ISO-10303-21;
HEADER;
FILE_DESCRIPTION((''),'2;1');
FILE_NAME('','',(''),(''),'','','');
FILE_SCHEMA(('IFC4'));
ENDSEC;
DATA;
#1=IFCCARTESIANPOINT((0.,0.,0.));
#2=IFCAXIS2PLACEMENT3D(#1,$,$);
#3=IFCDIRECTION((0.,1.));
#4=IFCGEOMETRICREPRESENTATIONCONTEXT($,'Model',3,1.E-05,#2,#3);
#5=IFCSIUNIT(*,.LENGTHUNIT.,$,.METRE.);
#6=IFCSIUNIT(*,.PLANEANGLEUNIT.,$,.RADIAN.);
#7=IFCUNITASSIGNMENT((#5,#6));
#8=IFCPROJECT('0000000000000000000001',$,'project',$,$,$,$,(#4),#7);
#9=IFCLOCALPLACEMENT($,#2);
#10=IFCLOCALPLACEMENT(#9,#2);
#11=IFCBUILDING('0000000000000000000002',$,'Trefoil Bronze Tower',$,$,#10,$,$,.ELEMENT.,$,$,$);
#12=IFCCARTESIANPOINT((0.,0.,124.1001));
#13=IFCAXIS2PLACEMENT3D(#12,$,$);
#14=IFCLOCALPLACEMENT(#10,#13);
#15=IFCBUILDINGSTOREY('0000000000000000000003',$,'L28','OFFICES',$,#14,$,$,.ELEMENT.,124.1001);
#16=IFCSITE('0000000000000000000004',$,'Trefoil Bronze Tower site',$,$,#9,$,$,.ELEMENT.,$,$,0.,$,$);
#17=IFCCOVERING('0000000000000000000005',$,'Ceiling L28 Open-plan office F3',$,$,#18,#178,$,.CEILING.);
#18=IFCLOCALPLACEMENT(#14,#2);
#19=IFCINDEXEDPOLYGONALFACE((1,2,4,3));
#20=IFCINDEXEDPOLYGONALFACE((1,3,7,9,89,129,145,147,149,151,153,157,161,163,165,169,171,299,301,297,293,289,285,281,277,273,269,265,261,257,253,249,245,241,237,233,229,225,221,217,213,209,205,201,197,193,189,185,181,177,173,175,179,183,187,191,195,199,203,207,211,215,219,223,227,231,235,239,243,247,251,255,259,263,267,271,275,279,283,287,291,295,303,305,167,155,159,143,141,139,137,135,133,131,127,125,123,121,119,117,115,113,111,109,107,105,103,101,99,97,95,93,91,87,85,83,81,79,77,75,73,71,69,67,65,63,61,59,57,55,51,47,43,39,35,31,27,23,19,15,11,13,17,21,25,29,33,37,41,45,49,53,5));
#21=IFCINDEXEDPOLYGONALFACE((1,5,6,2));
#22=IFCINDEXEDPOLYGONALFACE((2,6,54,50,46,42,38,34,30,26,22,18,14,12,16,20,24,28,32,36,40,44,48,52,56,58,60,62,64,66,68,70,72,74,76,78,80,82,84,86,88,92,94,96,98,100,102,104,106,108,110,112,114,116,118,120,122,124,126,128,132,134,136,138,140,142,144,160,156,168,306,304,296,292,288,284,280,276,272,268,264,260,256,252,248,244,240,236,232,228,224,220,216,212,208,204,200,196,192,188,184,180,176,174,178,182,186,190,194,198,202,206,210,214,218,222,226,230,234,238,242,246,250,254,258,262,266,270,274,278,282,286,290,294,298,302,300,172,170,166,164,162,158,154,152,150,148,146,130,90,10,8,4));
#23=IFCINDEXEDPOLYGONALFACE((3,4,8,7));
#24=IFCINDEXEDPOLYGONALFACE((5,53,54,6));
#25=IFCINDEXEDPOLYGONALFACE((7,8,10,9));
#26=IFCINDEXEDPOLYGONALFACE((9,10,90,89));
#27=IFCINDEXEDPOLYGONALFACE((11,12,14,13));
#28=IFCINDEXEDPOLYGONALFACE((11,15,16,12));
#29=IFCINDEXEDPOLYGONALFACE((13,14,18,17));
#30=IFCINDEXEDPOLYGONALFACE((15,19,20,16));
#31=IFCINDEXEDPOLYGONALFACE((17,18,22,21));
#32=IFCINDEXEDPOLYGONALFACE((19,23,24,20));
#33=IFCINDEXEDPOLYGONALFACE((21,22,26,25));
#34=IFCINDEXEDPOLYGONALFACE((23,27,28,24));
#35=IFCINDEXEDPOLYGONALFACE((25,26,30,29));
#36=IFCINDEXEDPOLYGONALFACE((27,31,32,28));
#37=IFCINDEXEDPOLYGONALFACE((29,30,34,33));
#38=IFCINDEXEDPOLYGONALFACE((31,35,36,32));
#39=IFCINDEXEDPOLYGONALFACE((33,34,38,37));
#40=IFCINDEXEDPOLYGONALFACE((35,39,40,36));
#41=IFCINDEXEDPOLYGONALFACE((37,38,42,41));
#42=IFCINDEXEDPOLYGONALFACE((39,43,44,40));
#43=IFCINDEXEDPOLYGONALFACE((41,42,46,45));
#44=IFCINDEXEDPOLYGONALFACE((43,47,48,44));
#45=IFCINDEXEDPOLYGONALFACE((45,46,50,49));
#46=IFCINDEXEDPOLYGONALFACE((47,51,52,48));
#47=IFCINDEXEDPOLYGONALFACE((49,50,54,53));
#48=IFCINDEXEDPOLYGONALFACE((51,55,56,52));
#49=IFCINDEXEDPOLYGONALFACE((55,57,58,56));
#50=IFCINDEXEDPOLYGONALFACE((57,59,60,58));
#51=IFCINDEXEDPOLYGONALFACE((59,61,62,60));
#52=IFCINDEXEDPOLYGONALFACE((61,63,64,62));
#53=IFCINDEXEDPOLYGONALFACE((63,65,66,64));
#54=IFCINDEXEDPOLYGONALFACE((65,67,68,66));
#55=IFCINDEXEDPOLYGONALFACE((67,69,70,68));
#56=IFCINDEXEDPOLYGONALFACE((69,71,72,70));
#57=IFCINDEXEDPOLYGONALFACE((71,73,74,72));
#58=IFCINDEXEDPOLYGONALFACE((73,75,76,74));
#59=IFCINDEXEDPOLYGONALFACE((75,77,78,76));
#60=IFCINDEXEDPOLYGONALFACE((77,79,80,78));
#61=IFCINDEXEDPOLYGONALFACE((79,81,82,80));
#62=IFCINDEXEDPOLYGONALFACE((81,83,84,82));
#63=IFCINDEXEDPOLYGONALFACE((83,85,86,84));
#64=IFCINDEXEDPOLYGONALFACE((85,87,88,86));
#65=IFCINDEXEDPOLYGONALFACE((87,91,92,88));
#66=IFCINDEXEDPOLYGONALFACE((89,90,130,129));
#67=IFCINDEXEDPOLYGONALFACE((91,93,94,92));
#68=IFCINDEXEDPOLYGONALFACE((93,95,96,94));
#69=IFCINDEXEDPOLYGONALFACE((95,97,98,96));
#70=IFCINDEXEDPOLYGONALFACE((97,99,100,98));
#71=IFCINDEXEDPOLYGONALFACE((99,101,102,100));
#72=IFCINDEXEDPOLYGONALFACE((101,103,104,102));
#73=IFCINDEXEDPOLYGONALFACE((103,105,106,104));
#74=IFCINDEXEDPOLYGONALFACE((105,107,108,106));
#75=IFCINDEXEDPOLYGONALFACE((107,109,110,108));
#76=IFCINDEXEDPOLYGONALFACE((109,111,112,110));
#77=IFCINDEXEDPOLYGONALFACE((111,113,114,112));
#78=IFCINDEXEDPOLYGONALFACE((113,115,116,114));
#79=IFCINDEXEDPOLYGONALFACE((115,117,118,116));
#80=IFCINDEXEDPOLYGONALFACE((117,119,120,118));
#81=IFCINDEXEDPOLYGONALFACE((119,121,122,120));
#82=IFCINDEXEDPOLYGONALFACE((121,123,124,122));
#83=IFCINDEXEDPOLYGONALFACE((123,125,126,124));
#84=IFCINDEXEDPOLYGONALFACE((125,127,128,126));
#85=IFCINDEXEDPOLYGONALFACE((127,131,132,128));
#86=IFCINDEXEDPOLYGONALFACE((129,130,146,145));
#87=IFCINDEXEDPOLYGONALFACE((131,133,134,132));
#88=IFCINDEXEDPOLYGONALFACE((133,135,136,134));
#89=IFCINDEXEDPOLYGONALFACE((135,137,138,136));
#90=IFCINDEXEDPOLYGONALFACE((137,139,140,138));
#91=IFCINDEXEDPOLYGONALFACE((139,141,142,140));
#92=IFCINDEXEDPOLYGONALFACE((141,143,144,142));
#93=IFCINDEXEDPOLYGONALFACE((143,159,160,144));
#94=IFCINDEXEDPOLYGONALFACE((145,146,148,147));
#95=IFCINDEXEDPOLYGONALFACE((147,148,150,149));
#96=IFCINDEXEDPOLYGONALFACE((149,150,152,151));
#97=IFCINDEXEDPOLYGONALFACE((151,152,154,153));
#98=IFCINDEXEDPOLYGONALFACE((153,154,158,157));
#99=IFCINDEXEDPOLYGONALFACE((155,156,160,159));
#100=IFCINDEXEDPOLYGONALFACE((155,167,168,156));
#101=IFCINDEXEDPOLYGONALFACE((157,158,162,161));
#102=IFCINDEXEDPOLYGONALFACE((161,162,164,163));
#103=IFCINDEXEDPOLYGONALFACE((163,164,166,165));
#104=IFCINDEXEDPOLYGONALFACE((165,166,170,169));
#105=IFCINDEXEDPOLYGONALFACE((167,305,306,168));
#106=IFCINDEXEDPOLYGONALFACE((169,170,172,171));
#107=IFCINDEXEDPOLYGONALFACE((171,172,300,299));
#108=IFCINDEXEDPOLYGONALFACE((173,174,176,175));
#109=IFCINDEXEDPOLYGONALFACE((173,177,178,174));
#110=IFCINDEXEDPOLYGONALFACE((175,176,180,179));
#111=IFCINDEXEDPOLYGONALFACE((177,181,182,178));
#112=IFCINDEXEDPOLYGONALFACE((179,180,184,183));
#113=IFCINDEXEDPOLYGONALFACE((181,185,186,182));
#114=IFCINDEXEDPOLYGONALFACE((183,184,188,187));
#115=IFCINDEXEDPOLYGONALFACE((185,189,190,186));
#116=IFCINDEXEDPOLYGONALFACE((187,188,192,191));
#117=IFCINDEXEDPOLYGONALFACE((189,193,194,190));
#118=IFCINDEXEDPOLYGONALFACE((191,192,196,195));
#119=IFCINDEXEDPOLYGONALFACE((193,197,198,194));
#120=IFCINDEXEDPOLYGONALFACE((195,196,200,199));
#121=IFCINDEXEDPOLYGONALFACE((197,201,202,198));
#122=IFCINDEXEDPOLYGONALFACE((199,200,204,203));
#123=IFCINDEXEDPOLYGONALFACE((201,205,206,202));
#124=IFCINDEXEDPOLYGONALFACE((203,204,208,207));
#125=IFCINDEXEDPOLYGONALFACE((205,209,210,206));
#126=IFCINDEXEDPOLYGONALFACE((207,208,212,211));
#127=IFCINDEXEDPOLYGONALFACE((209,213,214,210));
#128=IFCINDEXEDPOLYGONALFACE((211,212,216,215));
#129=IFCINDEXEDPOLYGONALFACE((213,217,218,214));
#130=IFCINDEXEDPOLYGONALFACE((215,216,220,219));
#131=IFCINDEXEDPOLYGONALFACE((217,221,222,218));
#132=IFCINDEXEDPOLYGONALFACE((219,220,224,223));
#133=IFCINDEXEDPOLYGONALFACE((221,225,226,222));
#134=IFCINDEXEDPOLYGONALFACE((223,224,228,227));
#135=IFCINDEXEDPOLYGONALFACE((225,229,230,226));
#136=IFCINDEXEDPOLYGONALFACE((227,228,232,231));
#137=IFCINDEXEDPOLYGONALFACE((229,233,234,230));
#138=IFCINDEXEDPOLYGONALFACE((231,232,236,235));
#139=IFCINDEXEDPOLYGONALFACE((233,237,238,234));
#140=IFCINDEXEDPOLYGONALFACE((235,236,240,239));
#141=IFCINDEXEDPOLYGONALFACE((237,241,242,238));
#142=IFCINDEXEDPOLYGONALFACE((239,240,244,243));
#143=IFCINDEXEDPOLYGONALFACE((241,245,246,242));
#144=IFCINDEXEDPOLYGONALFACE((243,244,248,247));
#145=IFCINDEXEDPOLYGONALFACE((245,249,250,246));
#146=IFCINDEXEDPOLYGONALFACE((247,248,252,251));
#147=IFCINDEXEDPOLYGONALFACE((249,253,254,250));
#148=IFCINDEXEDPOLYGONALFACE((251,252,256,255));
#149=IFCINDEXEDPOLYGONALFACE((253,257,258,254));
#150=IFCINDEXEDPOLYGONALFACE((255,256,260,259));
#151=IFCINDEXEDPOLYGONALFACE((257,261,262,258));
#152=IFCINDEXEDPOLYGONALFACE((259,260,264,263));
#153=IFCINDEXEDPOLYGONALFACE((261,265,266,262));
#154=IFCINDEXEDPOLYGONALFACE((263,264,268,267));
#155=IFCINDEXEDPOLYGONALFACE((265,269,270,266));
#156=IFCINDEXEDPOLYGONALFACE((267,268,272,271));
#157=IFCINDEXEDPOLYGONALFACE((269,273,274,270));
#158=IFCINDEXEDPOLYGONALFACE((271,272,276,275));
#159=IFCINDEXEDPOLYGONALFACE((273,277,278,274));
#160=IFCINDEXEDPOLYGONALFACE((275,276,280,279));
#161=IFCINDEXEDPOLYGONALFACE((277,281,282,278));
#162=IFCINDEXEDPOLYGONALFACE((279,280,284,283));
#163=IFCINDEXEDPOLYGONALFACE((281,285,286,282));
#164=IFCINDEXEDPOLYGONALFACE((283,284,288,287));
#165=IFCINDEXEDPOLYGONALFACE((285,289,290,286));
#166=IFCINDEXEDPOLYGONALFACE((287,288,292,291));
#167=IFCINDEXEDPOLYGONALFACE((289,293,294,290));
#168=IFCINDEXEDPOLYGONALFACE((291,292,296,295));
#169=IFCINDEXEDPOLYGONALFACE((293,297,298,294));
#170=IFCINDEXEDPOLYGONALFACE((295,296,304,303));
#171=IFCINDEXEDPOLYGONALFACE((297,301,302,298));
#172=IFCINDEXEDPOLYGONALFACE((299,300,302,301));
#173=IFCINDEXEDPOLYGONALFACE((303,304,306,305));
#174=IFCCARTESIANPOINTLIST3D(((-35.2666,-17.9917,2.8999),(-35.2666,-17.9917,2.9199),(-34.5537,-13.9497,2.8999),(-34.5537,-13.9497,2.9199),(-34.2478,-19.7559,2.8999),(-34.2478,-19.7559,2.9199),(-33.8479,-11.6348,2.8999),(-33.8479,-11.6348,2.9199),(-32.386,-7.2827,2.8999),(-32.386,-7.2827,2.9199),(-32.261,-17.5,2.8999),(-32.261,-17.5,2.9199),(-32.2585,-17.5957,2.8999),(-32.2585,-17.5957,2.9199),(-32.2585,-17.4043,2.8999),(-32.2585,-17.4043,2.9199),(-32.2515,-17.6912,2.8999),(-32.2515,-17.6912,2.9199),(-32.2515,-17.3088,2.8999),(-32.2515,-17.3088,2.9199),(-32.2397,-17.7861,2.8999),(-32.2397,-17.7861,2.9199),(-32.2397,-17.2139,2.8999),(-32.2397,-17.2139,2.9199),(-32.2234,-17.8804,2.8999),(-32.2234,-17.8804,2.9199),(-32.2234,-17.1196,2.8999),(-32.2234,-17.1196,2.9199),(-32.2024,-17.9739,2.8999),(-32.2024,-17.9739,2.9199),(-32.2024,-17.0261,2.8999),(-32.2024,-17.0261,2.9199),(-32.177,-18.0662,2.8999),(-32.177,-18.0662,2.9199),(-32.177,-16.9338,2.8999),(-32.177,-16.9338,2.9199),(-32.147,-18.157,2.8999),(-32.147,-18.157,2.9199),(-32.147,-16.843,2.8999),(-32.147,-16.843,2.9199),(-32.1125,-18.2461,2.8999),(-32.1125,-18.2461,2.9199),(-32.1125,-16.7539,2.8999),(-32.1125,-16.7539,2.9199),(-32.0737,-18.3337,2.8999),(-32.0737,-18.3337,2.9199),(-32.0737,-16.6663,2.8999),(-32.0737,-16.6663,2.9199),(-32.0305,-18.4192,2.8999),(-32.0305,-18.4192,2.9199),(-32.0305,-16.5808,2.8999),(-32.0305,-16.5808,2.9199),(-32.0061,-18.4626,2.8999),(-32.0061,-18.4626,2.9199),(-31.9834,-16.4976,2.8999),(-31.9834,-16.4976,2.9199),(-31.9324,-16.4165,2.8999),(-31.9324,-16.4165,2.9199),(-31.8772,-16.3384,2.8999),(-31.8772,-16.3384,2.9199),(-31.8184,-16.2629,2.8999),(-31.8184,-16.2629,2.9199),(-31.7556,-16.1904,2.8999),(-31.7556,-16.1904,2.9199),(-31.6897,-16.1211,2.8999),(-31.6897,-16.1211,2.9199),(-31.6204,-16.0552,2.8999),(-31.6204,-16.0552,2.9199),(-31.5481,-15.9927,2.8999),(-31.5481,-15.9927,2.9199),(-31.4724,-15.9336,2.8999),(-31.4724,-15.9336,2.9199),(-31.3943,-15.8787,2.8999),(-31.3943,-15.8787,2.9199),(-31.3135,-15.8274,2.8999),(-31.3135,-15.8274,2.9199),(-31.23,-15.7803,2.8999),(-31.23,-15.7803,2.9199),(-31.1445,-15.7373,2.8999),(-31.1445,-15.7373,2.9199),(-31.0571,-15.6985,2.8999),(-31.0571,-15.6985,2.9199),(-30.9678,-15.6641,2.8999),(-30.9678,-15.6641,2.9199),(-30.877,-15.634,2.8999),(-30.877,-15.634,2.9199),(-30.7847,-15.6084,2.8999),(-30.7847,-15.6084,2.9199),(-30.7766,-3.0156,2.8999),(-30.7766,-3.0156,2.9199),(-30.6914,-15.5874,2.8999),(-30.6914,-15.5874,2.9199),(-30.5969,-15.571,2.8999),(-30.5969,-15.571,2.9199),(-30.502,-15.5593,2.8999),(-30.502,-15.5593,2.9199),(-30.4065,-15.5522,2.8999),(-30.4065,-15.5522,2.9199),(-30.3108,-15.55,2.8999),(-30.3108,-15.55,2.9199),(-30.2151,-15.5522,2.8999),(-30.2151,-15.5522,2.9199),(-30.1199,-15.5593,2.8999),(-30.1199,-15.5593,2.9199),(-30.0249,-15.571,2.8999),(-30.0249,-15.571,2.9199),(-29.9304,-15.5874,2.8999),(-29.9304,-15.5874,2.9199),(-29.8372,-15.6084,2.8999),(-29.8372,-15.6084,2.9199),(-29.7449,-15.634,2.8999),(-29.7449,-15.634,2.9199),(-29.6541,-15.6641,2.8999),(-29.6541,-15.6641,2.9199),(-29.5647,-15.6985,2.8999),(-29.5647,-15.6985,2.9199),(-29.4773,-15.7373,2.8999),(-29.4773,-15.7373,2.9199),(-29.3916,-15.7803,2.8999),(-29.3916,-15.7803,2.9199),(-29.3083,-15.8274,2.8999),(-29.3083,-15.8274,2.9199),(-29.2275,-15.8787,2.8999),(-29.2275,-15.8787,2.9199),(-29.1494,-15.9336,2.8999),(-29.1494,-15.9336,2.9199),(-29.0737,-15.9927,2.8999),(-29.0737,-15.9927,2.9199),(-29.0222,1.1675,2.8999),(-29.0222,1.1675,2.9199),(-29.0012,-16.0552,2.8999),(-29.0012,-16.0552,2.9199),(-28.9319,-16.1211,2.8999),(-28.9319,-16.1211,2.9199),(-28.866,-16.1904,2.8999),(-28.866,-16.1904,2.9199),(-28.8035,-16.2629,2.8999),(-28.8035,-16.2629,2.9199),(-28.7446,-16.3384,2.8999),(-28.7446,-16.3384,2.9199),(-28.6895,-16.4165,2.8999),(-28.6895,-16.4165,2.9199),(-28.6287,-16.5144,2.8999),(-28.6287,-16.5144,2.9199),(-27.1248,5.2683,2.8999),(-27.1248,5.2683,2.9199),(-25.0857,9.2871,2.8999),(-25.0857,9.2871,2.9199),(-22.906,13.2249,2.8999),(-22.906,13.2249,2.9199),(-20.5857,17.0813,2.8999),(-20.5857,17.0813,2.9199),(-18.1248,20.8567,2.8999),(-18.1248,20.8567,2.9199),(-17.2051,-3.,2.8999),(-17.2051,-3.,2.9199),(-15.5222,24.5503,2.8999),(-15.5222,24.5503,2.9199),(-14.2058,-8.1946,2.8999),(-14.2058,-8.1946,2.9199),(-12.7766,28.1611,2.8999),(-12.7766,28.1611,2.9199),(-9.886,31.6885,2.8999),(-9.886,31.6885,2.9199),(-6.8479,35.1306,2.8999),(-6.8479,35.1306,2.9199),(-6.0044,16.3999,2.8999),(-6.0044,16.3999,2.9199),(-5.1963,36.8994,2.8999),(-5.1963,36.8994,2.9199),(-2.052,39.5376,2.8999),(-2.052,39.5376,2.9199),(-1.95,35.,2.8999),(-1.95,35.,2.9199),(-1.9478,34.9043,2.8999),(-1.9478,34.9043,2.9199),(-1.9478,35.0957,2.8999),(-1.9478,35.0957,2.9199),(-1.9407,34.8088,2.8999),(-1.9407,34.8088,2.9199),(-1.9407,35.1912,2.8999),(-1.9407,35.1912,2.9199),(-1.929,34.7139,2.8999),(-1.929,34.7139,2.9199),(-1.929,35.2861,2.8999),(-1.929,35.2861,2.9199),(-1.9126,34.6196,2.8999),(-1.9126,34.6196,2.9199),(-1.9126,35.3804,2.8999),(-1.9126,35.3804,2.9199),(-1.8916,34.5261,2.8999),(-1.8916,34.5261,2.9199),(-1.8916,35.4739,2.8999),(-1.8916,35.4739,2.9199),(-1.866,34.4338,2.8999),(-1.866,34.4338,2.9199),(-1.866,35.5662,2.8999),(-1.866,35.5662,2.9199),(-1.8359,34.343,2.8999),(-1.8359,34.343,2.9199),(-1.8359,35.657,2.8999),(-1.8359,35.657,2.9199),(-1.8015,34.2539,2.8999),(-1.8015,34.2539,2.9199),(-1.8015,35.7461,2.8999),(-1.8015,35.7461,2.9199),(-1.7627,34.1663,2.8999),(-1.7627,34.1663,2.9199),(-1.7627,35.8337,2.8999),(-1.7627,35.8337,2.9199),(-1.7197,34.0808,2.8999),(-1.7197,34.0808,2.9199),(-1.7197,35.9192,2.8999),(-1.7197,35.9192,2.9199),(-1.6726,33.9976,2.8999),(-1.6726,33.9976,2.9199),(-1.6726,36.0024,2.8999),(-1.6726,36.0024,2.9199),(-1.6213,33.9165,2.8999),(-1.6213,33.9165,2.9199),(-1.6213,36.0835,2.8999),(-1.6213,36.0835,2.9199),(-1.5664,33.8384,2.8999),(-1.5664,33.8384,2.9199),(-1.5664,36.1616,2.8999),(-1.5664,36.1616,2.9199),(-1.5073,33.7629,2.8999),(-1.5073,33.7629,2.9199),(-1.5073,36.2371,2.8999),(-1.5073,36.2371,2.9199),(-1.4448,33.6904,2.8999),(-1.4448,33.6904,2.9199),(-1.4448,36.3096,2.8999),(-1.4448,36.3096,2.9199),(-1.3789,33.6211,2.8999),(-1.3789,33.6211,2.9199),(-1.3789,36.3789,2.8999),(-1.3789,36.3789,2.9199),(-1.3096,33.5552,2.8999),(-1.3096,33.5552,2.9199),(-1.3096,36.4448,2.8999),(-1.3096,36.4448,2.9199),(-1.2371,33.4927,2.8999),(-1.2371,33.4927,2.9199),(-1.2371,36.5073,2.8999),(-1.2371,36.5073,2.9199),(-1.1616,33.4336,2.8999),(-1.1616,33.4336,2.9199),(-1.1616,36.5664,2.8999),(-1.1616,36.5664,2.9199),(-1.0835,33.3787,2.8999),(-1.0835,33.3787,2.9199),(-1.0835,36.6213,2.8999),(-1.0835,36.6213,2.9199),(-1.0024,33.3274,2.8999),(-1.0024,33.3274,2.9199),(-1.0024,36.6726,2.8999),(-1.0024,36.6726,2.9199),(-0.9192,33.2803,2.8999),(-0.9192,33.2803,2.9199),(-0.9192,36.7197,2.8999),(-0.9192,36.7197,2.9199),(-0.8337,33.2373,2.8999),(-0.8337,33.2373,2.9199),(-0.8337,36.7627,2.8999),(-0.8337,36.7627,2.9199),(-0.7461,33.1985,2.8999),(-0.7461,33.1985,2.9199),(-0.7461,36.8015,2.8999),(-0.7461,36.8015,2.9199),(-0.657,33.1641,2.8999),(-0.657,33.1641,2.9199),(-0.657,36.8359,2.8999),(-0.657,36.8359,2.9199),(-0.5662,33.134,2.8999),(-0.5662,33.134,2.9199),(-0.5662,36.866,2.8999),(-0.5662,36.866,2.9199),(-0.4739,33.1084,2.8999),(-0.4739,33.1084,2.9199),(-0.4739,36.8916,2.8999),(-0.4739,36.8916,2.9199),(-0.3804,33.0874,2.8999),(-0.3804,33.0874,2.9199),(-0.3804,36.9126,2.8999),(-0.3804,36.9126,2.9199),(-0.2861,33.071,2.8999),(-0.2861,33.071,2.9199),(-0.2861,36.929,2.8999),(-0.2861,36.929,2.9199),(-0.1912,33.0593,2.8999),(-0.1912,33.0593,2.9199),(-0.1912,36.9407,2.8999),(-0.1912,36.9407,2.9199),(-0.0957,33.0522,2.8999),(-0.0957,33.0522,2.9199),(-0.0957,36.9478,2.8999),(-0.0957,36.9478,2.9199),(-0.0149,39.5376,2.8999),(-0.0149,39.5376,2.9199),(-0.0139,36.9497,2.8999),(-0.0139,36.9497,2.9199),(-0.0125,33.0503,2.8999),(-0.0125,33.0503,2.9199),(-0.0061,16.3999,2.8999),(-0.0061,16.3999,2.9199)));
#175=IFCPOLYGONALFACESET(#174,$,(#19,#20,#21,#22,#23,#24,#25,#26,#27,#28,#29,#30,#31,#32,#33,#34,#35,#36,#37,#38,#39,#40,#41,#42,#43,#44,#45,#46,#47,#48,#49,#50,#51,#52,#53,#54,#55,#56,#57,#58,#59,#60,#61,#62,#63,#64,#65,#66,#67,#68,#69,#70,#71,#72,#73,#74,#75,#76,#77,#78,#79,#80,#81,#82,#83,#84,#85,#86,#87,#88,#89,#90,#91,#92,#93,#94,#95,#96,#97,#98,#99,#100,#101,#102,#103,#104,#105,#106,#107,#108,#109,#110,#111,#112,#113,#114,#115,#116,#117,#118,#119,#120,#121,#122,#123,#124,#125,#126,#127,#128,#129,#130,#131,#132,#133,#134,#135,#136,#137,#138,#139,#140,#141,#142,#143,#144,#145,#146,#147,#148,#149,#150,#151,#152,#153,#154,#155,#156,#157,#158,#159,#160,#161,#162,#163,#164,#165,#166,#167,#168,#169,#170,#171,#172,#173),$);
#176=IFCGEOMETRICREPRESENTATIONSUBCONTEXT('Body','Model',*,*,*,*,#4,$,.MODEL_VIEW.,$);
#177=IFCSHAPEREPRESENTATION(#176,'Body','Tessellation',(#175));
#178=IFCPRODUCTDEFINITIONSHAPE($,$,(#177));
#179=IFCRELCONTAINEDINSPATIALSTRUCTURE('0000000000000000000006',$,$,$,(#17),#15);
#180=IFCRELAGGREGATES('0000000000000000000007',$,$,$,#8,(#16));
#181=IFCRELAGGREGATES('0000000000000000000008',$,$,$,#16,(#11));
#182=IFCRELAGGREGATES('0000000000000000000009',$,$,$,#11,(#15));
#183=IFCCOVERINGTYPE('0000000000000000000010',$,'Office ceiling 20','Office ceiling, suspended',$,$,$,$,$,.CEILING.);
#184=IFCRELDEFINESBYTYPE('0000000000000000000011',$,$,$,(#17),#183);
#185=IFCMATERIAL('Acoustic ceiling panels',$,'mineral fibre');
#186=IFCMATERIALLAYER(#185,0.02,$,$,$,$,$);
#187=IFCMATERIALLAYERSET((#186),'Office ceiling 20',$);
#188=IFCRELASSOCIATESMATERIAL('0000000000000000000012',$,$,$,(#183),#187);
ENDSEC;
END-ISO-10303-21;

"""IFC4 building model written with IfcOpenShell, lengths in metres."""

from ifc_helpers import new_model, si_unit, direction, frame, origin, place, context, subcontext, project, spatial, polyline, outline, extrude, material, layer, layer_set, type_object, element, save


model = new_model("IFC4")

# Units and contexts
model_context = context("Model", 3, precision=1e-05, world=origin(), true_north=direction((0.0, 1.0)))
body_context = subcontext(model_context, "Body", "Model", "MODEL_VIEW")
ifc_project = project(units=[si_unit("LENGTHUNIT", "METRE"), si_unit("PLANEANGLEUNIT", "RADIAN")], contexts=[model_context])

# Site, building, storey
site_placement = place(None, origin())
site = spatial("IfcSite", under=ifc_project, at=site_placement, Name="Trefoil Bronze Tower site", CompositionType="ELEMENT", RefElevation=0.0)
building_placement = place(site_placement, origin())
building = spatial("IfcBuilding", under=site, at=building_placement, Name="Trefoil Bronze Tower", CompositionType="ELEMENT")
storey_placement = place(building_placement, frame((0.0, 0.0, 124.1001)))
storey = spatial("IfcBuildingStorey", under=building, at=storey_placement, Name="L28", Description="OFFICES", CompositionType="ELEMENT", Elevation=124.1001)

# Covering
ifc_material_1 = material(Name="Acoustic ceiling panels", Category="mineral fibre")
ifc_layer_1 = layer(ifc_material_1, 0.02)
ifc_layer_set_1 = layer_set([ifc_layer_1], Name="Office ceiling 20")
covering_type_1 = type_object("IfcCoveringType", Name="Office ceiling 20", Description="Office ceiling, suspended", PredefinedType="CEILING", material=ifc_layer_set_1)
covering_1_placement = place(storey_placement, frame((0.0, 0.0, 2.8999)))
element("IfcCovering", 1, at=covering_1_placement, inside=storey, type_object=covering_type_1, Name="Ceiling L28 Open-plan office F3", PredefinedType="CEILING", context=body_context, shape_type="SweptSolid", body=[
    extrude(outline(polyline([(-33.8479, -11.6348), (-32.386, -7.2827), (-30.7766, -3.0156), (-29.0222, 1.1675), (-27.1248, 5.2683), (-25.0857, 9.2871), (-22.906, 13.2249), (-20.5857, 17.0813), (-18.1248, 20.8567), (-15.5222, 24.5503), (-12.7766, 28.1611), (-9.886, 31.6885), (-6.8479, 35.1306), (-5.1963, 36.8994), (-2.052, 39.5376), (-0.0149, 39.5376), (-0.0139, 36.9497), (-0.0957, 36.9478), (-0.1912, 36.9407), (-0.2861, 36.929), (-0.3804, 36.9126), (-0.4739, 36.8916), (-0.5662, 36.866), (-0.657, 36.8359), (-0.7461, 36.8015), (-0.8337, 36.7627), (-0.9192, 36.7197), (-1.0024, 36.6726), (-1.0835, 36.6213), (-1.1616, 36.5664), (-1.2371, 36.5073), (-1.3096, 36.4448), (-1.3789, 36.3789), (-1.4448, 36.3096), (-1.5073, 36.2371), (-1.5664, 36.1616), (-1.6213, 36.0835), (-1.6726, 36.0024), (-1.7197, 35.9192), (-1.7627, 35.8337), (-1.8015, 35.7461), (-1.8359, 35.657), (-1.866, 35.5662), (-1.8916, 35.4739), (-1.9126, 35.3804), (-1.929, 35.2861), (-1.9407, 35.1912), (-1.9478, 35.0957), (-1.95, 35.0), (-1.9478, 34.9043), (-1.9407, 34.8088), (-1.929, 34.7139), (-1.9126, 34.6196), (-1.8916, 34.5261), (-1.866, 34.4338), (-1.8359, 34.343), (-1.8015, 34.2539), (-1.7627, 34.1663), (-1.7197, 34.0808), (-1.6726, 33.9976), (-1.6213, 33.9165), (-1.5664, 33.8384), (-1.5073, 33.7629), (-1.4448, 33.6904), (-1.3789, 33.6211), (-1.3096, 33.5552), (-1.2371, 33.4927), (-1.1616, 33.4336), (-1.0835, 33.3787), (-1.0024, 33.3274), (-0.9192, 33.2803), (-0.8337, 33.2373), (-0.7461, 33.1985), (-0.657, 33.1641), (-0.5662, 33.134), (-0.4739, 33.1084), (-0.3804, 33.0874), (-0.2861, 33.071), (-0.1912, 33.0593), (-0.0957, 33.0522), (-0.0125, 33.0503), (-0.0061, 16.3999), (-6.0044, 16.3999), (-17.2051, -3.0), (-14.2058, -8.1946), (-28.6287, -16.5144), (-28.6895, -16.4165), (-28.7446, -16.3384), (-28.8035, -16.2629), (-28.866, -16.1904), (-28.9319, -16.1211), (-29.0012, -16.0552), (-29.0737, -15.9927), (-29.1494, -15.9336), (-29.2275, -15.8787), (-29.3083, -15.8274), (-29.3916, -15.7803), (-29.4773, -15.7373), (-29.5647, -15.6985), (-29.6541, -15.6641), (-29.7449, -15.634), (-29.8372, -15.6084), (-29.9304, -15.5874), (-30.0249, -15.571), (-30.1199, -15.5593), (-30.2151, -15.5522), (-30.3108, -15.55), (-30.4065, -15.5522), (-30.502, -15.5593), (-30.5969, -15.571), (-30.6914, -15.5874), (-30.7847, -15.6084), (-30.877, -15.634), (-30.9678, -15.6641), (-31.0571, -15.6985), (-31.1445, -15.7373), (-31.23, -15.7803), (-31.3135, -15.8274), (-31.3943, -15.8787), (-31.4724, -15.9336), (-31.5481, -15.9927), (-31.6204, -16.0552), (-31.6897, -16.1211), (-31.7556, -16.1904), (-31.8184, -16.2629), (-31.8772, -16.3384), (-31.9324, -16.4165), (-31.9834, -16.4976), (-32.0305, -16.5808), (-32.0737, -16.6663), (-32.1125, -16.7539), (-32.147, -16.843), (-32.177, -16.9338), (-32.2024, -17.0261), (-32.2234, -17.1196), (-32.2397, -17.2139), (-32.2515, -17.3088), (-32.2585, -17.4043), (-32.261, -17.5), (-32.2585, -17.5957), (-32.2515, -17.6912), (-32.2397, -17.7861), (-32.2234, -17.8804), (-32.2024, -17.9739), (-32.177, -18.0662), (-32.147, -18.157), (-32.1125, -18.2461), (-32.0737, -18.3337), (-32.0305, -18.4192), (-32.0061, -18.4626), (-34.2478, -19.7559), (-35.2666, -17.9917), (-34.5537, -13.9497), (-33.8479, -11.6348)])), origin(), (0.0, 0.0, 1.0), 0.02),
])

save(model, "model.ifc")
